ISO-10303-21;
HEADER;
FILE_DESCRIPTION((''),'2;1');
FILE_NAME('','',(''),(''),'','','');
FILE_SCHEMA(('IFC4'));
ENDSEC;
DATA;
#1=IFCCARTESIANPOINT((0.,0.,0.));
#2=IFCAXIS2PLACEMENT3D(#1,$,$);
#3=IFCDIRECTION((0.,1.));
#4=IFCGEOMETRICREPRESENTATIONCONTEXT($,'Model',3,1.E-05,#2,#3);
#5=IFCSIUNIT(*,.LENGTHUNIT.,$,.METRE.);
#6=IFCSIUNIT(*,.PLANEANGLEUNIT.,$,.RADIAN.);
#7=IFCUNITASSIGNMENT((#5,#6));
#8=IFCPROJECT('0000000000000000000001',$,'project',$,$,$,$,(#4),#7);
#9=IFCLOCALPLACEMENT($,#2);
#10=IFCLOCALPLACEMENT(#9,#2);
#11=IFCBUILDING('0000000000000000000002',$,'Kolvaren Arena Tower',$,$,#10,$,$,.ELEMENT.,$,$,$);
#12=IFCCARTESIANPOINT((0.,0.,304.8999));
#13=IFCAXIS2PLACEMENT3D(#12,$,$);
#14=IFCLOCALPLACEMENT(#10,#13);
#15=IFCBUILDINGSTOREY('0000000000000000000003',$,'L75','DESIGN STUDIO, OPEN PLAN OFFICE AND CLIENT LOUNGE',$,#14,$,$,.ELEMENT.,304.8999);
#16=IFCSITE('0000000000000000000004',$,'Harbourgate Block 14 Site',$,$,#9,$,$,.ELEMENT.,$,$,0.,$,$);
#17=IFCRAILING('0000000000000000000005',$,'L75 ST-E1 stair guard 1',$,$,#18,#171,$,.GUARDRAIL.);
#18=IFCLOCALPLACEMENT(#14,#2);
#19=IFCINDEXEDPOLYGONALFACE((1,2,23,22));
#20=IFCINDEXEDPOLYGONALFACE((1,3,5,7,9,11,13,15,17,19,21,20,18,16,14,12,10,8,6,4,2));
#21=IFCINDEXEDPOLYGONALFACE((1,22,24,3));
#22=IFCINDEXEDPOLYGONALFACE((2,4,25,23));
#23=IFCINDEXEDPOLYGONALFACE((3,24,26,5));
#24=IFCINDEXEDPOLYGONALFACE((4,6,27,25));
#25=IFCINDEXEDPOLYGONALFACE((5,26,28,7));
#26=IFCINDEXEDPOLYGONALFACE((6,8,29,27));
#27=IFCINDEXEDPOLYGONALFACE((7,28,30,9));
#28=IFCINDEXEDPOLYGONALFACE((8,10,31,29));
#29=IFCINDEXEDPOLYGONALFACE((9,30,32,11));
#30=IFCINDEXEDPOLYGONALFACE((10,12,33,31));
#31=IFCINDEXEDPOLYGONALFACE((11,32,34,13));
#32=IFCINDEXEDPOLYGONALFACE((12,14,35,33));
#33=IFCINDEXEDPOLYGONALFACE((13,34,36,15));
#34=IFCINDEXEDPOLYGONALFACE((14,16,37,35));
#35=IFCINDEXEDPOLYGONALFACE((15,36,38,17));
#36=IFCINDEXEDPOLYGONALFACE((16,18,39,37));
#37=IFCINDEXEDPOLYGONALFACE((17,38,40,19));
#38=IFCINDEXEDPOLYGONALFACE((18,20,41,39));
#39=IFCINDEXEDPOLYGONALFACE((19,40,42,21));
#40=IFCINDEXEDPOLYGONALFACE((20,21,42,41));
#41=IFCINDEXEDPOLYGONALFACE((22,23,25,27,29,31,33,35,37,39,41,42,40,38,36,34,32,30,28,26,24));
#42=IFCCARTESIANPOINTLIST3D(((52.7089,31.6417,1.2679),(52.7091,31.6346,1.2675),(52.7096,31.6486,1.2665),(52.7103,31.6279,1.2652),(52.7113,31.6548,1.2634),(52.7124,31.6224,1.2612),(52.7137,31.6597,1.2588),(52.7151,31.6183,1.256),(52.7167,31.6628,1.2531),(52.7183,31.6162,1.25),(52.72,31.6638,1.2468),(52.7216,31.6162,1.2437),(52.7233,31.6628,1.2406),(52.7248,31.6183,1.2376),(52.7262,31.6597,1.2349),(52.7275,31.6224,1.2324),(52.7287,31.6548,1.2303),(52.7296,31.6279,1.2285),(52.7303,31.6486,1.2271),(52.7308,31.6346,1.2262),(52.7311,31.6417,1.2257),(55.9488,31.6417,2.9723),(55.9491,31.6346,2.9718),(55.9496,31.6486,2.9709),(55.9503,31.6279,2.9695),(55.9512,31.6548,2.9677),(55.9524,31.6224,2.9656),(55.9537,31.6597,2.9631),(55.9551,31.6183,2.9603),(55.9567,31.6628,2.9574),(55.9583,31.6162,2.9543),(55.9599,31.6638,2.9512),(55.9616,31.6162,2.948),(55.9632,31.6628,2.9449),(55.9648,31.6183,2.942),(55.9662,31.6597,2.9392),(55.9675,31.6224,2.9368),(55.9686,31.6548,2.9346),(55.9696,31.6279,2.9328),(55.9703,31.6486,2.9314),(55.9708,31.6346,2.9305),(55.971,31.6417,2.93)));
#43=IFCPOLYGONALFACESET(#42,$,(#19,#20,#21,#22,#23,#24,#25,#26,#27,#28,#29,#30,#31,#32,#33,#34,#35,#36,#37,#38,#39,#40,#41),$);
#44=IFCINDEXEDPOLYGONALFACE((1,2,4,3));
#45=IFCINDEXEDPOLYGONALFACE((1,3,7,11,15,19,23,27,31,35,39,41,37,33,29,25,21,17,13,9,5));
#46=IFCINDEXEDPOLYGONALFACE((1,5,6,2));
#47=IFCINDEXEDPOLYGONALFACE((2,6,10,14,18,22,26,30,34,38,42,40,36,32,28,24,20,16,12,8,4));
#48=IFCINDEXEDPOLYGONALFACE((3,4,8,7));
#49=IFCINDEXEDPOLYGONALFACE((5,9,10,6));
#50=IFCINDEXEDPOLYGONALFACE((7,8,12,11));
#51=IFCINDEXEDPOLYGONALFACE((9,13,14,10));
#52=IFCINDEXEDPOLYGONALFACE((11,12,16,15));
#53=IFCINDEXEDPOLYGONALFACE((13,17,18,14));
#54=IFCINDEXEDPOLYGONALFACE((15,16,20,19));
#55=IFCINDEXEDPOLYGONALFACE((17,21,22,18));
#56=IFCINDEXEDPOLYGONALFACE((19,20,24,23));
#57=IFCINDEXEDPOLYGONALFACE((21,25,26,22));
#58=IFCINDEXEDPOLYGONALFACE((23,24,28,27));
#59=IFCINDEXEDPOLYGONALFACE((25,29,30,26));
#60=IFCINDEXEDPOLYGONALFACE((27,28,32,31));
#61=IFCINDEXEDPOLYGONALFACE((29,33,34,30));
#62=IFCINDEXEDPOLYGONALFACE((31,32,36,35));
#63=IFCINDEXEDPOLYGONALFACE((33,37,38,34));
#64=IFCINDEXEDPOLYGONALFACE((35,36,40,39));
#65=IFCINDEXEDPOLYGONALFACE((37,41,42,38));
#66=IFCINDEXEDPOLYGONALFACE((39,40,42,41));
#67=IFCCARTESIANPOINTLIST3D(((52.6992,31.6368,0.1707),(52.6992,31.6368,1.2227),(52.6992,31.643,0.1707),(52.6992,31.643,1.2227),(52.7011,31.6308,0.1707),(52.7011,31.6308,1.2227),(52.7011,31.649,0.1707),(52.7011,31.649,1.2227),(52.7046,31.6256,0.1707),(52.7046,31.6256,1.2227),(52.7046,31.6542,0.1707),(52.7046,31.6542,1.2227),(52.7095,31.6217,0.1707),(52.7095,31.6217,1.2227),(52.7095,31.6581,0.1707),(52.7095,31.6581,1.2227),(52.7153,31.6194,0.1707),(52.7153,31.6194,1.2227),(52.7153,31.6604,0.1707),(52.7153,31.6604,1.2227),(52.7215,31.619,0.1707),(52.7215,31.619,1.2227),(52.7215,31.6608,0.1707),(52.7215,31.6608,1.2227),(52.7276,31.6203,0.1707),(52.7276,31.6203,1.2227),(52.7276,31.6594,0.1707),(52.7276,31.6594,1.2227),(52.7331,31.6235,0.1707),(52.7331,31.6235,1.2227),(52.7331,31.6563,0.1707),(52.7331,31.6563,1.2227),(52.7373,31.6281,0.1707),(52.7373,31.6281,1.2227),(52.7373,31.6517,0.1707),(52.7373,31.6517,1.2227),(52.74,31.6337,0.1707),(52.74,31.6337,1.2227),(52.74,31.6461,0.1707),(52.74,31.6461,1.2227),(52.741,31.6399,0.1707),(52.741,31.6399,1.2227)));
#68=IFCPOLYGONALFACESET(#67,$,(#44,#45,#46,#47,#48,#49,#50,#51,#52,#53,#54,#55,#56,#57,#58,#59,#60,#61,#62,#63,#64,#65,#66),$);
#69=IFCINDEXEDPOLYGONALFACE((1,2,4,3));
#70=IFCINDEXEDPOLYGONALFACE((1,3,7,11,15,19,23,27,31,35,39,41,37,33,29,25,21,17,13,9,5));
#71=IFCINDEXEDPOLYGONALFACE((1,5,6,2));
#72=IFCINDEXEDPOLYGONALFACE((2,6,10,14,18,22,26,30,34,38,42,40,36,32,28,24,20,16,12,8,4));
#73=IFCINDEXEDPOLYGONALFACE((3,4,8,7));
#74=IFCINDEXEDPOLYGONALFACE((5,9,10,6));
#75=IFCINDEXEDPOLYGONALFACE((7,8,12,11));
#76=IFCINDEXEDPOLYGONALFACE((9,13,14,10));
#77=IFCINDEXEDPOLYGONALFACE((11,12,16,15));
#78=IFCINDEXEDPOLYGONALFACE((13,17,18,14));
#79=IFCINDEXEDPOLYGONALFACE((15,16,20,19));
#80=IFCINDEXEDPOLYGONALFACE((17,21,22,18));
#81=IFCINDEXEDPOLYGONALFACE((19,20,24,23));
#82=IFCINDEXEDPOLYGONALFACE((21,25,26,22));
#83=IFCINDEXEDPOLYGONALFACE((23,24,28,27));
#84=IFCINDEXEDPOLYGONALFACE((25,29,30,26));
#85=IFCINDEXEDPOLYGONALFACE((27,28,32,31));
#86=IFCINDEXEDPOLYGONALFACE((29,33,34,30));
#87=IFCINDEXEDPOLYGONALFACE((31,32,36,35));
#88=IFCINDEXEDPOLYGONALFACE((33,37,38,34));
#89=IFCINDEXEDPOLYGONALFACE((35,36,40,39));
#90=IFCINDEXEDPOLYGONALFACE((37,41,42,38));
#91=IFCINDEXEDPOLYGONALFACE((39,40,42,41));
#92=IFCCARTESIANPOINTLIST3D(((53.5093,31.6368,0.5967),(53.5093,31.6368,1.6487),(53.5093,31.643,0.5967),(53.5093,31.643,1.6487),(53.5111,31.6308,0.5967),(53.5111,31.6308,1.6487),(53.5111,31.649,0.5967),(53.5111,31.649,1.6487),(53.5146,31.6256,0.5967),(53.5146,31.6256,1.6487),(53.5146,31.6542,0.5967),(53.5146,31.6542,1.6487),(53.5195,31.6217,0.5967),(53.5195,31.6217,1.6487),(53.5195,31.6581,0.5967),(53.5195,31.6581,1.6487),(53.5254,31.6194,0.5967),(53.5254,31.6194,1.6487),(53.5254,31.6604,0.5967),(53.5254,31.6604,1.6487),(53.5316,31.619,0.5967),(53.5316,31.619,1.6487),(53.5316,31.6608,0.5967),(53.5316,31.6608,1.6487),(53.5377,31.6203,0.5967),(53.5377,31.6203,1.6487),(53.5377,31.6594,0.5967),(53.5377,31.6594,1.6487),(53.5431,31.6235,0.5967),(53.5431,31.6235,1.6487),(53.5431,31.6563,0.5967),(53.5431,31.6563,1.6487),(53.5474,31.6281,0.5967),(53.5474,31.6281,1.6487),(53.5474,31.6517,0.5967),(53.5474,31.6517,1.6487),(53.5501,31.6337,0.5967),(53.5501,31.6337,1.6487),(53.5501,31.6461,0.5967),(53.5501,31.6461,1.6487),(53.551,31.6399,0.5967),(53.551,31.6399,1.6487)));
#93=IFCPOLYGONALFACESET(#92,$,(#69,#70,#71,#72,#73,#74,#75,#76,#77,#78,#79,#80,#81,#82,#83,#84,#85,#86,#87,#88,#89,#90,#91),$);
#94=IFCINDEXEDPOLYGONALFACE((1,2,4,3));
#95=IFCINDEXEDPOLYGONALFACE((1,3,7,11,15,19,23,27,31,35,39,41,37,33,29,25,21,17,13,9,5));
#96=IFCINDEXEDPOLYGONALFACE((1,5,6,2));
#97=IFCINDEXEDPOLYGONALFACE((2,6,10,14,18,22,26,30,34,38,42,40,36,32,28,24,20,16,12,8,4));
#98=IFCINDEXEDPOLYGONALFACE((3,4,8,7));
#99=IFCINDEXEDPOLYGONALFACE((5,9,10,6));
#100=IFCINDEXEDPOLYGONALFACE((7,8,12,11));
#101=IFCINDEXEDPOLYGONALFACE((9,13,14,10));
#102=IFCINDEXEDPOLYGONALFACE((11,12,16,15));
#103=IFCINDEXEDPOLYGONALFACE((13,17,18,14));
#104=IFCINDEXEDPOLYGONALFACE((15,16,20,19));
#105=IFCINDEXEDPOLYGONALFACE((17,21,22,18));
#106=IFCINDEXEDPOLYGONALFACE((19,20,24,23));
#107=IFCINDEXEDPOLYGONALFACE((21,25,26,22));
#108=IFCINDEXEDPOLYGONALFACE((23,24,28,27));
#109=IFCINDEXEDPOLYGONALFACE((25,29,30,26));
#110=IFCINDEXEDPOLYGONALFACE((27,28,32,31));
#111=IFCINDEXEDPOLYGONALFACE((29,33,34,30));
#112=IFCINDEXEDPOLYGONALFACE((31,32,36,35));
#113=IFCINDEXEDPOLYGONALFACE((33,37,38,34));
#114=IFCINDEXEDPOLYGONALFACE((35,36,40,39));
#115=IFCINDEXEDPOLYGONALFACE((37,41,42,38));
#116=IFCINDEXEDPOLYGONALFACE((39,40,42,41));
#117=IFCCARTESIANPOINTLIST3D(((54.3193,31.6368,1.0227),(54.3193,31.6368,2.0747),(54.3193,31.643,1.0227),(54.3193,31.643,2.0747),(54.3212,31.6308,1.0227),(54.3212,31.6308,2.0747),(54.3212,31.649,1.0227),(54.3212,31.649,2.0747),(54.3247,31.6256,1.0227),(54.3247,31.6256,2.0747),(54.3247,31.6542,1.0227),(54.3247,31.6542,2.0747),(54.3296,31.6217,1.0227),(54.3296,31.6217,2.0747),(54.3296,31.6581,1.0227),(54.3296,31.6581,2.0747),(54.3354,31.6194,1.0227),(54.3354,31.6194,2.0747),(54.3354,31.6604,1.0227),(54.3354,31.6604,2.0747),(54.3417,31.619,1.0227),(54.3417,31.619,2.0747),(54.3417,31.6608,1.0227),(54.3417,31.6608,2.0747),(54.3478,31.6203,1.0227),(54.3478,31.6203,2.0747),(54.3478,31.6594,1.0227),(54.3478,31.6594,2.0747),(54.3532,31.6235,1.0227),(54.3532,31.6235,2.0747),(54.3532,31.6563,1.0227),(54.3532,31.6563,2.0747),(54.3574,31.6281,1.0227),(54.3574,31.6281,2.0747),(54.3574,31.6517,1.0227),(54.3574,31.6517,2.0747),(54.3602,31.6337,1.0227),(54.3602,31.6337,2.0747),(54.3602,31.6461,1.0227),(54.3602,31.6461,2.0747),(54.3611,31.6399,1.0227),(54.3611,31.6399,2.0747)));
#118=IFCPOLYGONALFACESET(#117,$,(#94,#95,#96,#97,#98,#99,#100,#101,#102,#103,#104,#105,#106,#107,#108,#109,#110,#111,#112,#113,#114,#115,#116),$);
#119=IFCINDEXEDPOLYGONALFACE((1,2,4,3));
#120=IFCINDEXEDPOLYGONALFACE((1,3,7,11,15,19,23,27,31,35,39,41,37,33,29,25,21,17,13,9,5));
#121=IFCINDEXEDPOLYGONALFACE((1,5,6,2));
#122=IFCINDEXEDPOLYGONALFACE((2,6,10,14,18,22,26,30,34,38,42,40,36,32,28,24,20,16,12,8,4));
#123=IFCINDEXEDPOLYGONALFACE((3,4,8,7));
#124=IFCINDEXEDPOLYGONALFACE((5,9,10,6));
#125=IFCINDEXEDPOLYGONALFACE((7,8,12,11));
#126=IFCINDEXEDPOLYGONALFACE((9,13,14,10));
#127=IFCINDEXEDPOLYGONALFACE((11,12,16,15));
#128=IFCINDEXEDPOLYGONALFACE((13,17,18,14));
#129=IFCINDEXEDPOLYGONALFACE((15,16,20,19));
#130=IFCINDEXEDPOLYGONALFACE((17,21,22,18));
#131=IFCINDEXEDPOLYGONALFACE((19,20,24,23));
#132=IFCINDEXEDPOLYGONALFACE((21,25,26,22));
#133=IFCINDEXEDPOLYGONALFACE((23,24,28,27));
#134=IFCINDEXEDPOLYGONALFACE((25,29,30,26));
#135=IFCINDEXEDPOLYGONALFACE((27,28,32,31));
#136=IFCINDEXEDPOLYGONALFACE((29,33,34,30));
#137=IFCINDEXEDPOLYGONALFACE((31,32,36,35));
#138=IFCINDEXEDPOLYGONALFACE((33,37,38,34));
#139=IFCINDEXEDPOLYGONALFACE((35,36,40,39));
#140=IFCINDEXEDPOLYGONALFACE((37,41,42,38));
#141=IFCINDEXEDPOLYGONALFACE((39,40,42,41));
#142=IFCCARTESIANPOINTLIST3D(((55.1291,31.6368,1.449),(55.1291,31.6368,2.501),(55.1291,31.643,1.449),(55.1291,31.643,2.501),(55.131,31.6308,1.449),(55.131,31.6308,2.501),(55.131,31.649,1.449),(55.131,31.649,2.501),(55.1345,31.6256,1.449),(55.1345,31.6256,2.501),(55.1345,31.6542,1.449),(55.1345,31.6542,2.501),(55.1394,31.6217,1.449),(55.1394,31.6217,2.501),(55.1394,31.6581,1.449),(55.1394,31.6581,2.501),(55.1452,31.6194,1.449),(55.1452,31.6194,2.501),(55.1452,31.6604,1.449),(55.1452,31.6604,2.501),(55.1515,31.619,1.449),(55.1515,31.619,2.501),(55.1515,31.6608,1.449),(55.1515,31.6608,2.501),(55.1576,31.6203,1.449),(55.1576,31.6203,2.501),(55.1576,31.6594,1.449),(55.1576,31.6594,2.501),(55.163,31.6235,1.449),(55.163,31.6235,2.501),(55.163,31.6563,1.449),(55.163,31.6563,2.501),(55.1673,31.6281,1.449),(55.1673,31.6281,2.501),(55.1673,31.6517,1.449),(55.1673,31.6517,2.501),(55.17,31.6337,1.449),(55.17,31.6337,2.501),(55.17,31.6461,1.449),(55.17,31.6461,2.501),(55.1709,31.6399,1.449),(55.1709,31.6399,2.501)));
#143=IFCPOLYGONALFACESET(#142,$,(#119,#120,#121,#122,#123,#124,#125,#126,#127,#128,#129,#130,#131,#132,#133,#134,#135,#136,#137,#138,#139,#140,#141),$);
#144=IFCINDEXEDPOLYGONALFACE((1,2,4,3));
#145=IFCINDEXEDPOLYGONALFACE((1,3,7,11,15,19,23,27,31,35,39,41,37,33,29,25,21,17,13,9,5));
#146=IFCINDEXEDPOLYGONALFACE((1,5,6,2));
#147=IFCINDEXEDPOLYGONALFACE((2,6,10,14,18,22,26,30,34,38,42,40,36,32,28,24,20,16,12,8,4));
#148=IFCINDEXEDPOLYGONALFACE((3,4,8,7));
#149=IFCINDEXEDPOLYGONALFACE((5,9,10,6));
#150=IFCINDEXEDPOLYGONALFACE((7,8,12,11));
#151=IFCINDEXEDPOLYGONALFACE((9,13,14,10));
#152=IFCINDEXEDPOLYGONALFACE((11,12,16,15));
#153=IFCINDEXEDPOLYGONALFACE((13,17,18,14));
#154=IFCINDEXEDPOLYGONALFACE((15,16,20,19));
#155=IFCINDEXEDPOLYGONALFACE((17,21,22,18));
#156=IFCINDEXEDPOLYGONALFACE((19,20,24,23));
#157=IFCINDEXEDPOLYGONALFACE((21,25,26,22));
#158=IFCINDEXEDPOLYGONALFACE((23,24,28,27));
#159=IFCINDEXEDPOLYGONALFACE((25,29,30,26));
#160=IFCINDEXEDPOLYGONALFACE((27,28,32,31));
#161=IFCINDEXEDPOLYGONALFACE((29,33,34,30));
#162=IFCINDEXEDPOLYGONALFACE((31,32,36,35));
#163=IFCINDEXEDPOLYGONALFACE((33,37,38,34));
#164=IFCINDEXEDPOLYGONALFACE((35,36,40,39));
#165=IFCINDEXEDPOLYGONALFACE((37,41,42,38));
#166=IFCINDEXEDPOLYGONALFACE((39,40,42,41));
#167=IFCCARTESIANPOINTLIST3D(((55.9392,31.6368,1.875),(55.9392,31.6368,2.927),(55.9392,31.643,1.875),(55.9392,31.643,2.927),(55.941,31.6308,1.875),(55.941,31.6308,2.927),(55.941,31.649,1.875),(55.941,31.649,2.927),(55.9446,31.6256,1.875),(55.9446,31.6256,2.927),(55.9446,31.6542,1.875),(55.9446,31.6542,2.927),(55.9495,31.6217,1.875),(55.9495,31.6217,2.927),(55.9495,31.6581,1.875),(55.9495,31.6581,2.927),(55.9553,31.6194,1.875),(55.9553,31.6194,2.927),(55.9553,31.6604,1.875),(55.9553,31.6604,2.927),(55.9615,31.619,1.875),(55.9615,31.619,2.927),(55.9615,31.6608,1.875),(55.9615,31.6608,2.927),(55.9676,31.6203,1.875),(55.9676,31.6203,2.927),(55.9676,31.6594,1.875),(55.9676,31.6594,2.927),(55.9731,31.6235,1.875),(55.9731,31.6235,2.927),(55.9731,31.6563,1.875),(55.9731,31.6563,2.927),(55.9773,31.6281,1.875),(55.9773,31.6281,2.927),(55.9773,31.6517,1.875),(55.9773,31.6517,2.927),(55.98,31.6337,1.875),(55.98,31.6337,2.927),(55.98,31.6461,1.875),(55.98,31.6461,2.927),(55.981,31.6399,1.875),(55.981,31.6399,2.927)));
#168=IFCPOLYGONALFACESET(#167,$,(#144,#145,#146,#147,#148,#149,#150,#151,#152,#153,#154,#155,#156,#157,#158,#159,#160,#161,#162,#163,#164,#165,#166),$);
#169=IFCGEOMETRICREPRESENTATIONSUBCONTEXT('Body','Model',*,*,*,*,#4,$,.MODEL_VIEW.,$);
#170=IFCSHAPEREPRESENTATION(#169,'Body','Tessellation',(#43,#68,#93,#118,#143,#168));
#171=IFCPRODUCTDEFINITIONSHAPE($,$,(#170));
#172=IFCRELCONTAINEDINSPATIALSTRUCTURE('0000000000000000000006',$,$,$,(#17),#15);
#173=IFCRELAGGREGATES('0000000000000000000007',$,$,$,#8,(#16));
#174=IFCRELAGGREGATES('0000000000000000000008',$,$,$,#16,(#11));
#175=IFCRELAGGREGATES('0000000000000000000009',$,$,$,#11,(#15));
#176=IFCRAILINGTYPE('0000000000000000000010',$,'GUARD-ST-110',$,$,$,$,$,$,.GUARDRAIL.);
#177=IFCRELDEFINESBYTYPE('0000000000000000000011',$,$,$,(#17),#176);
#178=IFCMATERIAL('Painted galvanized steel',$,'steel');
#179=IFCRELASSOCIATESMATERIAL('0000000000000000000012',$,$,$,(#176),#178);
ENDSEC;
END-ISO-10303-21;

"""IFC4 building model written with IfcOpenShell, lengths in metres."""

from ifc_helpers import new_model, si_unit, direction, frame, origin, origin_2d, place, context, subcontext, project, spatial, circle, extrude, material, type_object, element, save


model = new_model("IFC4")

# Units and contexts
model_context = context("Model", 3, precision=1e-05, world=origin(), true_north=direction((0.0, 1.0)))
body_context = subcontext(model_context, "Body", "Model", "MODEL_VIEW")
ifc_project = project(units=[si_unit("LENGTHUNIT", "METRE"), si_unit("PLANEANGLEUNIT", "RADIAN")], contexts=[model_context])

# Site, building, storey
site_placement = place(None, origin())
site = spatial("IfcSite", under=ifc_project, at=site_placement, Name="Harbourgate Block 14 Site", CompositionType="ELEMENT", RefElevation=0.0)
building_placement = place(site_placement, origin())
building = spatial("IfcBuilding", under=site, at=building_placement, Name="Kolvaren Arena Tower", CompositionType="ELEMENT")
storey_placement = place(building_placement, frame((0.0, 0.0, 304.8999)))
storey = spatial("IfcBuildingStorey", under=building, at=storey_placement, Name="L75", Description="DESIGN STUDIO, OPEN PLAN OFFICE AND CLIENT LOUNGE", CompositionType="ELEMENT", Elevation=304.8999)

# Railing
ifc_material_1 = material(Name="Painted galvanized steel", Category="steel")
railing_type_1 = type_object("IfcRailingType", Name="GUARD-ST-110", PredefinedType="GUARDRAIL", material=ifc_material_1)
railing_1_placement = place(storey_placement, frame((52.72, 31.6399, 0.1707)))
element("IfcRailing", 1, at=railing_1_placement, inside=storey, type_object=railing_type_1, Name="L75 ST-E1 stair guard 1", PredefinedType="GUARDRAIL", context=body_context, shape_type="SweptSolid", body=[
    extrude(circle(Radius=0.0239, at=origin_2d()), frame((0.0, 0.0, 1.0762), z_axis=(0.885021, 0.0, 0.465551), x_axis=(0.0, 1.0, 0.0)), (0.0, 0.0, 1.0), 3.6609),
    extrude(circle(Radius=0.021, at=origin_2d()), origin(), (0.0, 0.0, 1.0), 1.052),
    extrude(circle(Radius=0.021, at=origin_2d()), frame((0.8101, 0.0, 0.426)), (0.0, 0.0, 1.0), 1.052),
    extrude(circle(Radius=0.021, at=origin_2d()), frame((1.6201, 0.0, 0.8521)), (0.0, 0.0, 1.0), 1.052),
    extrude(circle(Radius=0.021, at=origin_2d()), frame((2.4299, 0.0, 1.2783)), (0.0, 0.0, 1.0), 1.052),
    extrude(circle(Radius=0.021, at=origin_2d()), frame((3.24, 0.0, 1.7043)), (0.0, 0.0, 1.0), 1.052),
])

save(model, "model.ifc")
